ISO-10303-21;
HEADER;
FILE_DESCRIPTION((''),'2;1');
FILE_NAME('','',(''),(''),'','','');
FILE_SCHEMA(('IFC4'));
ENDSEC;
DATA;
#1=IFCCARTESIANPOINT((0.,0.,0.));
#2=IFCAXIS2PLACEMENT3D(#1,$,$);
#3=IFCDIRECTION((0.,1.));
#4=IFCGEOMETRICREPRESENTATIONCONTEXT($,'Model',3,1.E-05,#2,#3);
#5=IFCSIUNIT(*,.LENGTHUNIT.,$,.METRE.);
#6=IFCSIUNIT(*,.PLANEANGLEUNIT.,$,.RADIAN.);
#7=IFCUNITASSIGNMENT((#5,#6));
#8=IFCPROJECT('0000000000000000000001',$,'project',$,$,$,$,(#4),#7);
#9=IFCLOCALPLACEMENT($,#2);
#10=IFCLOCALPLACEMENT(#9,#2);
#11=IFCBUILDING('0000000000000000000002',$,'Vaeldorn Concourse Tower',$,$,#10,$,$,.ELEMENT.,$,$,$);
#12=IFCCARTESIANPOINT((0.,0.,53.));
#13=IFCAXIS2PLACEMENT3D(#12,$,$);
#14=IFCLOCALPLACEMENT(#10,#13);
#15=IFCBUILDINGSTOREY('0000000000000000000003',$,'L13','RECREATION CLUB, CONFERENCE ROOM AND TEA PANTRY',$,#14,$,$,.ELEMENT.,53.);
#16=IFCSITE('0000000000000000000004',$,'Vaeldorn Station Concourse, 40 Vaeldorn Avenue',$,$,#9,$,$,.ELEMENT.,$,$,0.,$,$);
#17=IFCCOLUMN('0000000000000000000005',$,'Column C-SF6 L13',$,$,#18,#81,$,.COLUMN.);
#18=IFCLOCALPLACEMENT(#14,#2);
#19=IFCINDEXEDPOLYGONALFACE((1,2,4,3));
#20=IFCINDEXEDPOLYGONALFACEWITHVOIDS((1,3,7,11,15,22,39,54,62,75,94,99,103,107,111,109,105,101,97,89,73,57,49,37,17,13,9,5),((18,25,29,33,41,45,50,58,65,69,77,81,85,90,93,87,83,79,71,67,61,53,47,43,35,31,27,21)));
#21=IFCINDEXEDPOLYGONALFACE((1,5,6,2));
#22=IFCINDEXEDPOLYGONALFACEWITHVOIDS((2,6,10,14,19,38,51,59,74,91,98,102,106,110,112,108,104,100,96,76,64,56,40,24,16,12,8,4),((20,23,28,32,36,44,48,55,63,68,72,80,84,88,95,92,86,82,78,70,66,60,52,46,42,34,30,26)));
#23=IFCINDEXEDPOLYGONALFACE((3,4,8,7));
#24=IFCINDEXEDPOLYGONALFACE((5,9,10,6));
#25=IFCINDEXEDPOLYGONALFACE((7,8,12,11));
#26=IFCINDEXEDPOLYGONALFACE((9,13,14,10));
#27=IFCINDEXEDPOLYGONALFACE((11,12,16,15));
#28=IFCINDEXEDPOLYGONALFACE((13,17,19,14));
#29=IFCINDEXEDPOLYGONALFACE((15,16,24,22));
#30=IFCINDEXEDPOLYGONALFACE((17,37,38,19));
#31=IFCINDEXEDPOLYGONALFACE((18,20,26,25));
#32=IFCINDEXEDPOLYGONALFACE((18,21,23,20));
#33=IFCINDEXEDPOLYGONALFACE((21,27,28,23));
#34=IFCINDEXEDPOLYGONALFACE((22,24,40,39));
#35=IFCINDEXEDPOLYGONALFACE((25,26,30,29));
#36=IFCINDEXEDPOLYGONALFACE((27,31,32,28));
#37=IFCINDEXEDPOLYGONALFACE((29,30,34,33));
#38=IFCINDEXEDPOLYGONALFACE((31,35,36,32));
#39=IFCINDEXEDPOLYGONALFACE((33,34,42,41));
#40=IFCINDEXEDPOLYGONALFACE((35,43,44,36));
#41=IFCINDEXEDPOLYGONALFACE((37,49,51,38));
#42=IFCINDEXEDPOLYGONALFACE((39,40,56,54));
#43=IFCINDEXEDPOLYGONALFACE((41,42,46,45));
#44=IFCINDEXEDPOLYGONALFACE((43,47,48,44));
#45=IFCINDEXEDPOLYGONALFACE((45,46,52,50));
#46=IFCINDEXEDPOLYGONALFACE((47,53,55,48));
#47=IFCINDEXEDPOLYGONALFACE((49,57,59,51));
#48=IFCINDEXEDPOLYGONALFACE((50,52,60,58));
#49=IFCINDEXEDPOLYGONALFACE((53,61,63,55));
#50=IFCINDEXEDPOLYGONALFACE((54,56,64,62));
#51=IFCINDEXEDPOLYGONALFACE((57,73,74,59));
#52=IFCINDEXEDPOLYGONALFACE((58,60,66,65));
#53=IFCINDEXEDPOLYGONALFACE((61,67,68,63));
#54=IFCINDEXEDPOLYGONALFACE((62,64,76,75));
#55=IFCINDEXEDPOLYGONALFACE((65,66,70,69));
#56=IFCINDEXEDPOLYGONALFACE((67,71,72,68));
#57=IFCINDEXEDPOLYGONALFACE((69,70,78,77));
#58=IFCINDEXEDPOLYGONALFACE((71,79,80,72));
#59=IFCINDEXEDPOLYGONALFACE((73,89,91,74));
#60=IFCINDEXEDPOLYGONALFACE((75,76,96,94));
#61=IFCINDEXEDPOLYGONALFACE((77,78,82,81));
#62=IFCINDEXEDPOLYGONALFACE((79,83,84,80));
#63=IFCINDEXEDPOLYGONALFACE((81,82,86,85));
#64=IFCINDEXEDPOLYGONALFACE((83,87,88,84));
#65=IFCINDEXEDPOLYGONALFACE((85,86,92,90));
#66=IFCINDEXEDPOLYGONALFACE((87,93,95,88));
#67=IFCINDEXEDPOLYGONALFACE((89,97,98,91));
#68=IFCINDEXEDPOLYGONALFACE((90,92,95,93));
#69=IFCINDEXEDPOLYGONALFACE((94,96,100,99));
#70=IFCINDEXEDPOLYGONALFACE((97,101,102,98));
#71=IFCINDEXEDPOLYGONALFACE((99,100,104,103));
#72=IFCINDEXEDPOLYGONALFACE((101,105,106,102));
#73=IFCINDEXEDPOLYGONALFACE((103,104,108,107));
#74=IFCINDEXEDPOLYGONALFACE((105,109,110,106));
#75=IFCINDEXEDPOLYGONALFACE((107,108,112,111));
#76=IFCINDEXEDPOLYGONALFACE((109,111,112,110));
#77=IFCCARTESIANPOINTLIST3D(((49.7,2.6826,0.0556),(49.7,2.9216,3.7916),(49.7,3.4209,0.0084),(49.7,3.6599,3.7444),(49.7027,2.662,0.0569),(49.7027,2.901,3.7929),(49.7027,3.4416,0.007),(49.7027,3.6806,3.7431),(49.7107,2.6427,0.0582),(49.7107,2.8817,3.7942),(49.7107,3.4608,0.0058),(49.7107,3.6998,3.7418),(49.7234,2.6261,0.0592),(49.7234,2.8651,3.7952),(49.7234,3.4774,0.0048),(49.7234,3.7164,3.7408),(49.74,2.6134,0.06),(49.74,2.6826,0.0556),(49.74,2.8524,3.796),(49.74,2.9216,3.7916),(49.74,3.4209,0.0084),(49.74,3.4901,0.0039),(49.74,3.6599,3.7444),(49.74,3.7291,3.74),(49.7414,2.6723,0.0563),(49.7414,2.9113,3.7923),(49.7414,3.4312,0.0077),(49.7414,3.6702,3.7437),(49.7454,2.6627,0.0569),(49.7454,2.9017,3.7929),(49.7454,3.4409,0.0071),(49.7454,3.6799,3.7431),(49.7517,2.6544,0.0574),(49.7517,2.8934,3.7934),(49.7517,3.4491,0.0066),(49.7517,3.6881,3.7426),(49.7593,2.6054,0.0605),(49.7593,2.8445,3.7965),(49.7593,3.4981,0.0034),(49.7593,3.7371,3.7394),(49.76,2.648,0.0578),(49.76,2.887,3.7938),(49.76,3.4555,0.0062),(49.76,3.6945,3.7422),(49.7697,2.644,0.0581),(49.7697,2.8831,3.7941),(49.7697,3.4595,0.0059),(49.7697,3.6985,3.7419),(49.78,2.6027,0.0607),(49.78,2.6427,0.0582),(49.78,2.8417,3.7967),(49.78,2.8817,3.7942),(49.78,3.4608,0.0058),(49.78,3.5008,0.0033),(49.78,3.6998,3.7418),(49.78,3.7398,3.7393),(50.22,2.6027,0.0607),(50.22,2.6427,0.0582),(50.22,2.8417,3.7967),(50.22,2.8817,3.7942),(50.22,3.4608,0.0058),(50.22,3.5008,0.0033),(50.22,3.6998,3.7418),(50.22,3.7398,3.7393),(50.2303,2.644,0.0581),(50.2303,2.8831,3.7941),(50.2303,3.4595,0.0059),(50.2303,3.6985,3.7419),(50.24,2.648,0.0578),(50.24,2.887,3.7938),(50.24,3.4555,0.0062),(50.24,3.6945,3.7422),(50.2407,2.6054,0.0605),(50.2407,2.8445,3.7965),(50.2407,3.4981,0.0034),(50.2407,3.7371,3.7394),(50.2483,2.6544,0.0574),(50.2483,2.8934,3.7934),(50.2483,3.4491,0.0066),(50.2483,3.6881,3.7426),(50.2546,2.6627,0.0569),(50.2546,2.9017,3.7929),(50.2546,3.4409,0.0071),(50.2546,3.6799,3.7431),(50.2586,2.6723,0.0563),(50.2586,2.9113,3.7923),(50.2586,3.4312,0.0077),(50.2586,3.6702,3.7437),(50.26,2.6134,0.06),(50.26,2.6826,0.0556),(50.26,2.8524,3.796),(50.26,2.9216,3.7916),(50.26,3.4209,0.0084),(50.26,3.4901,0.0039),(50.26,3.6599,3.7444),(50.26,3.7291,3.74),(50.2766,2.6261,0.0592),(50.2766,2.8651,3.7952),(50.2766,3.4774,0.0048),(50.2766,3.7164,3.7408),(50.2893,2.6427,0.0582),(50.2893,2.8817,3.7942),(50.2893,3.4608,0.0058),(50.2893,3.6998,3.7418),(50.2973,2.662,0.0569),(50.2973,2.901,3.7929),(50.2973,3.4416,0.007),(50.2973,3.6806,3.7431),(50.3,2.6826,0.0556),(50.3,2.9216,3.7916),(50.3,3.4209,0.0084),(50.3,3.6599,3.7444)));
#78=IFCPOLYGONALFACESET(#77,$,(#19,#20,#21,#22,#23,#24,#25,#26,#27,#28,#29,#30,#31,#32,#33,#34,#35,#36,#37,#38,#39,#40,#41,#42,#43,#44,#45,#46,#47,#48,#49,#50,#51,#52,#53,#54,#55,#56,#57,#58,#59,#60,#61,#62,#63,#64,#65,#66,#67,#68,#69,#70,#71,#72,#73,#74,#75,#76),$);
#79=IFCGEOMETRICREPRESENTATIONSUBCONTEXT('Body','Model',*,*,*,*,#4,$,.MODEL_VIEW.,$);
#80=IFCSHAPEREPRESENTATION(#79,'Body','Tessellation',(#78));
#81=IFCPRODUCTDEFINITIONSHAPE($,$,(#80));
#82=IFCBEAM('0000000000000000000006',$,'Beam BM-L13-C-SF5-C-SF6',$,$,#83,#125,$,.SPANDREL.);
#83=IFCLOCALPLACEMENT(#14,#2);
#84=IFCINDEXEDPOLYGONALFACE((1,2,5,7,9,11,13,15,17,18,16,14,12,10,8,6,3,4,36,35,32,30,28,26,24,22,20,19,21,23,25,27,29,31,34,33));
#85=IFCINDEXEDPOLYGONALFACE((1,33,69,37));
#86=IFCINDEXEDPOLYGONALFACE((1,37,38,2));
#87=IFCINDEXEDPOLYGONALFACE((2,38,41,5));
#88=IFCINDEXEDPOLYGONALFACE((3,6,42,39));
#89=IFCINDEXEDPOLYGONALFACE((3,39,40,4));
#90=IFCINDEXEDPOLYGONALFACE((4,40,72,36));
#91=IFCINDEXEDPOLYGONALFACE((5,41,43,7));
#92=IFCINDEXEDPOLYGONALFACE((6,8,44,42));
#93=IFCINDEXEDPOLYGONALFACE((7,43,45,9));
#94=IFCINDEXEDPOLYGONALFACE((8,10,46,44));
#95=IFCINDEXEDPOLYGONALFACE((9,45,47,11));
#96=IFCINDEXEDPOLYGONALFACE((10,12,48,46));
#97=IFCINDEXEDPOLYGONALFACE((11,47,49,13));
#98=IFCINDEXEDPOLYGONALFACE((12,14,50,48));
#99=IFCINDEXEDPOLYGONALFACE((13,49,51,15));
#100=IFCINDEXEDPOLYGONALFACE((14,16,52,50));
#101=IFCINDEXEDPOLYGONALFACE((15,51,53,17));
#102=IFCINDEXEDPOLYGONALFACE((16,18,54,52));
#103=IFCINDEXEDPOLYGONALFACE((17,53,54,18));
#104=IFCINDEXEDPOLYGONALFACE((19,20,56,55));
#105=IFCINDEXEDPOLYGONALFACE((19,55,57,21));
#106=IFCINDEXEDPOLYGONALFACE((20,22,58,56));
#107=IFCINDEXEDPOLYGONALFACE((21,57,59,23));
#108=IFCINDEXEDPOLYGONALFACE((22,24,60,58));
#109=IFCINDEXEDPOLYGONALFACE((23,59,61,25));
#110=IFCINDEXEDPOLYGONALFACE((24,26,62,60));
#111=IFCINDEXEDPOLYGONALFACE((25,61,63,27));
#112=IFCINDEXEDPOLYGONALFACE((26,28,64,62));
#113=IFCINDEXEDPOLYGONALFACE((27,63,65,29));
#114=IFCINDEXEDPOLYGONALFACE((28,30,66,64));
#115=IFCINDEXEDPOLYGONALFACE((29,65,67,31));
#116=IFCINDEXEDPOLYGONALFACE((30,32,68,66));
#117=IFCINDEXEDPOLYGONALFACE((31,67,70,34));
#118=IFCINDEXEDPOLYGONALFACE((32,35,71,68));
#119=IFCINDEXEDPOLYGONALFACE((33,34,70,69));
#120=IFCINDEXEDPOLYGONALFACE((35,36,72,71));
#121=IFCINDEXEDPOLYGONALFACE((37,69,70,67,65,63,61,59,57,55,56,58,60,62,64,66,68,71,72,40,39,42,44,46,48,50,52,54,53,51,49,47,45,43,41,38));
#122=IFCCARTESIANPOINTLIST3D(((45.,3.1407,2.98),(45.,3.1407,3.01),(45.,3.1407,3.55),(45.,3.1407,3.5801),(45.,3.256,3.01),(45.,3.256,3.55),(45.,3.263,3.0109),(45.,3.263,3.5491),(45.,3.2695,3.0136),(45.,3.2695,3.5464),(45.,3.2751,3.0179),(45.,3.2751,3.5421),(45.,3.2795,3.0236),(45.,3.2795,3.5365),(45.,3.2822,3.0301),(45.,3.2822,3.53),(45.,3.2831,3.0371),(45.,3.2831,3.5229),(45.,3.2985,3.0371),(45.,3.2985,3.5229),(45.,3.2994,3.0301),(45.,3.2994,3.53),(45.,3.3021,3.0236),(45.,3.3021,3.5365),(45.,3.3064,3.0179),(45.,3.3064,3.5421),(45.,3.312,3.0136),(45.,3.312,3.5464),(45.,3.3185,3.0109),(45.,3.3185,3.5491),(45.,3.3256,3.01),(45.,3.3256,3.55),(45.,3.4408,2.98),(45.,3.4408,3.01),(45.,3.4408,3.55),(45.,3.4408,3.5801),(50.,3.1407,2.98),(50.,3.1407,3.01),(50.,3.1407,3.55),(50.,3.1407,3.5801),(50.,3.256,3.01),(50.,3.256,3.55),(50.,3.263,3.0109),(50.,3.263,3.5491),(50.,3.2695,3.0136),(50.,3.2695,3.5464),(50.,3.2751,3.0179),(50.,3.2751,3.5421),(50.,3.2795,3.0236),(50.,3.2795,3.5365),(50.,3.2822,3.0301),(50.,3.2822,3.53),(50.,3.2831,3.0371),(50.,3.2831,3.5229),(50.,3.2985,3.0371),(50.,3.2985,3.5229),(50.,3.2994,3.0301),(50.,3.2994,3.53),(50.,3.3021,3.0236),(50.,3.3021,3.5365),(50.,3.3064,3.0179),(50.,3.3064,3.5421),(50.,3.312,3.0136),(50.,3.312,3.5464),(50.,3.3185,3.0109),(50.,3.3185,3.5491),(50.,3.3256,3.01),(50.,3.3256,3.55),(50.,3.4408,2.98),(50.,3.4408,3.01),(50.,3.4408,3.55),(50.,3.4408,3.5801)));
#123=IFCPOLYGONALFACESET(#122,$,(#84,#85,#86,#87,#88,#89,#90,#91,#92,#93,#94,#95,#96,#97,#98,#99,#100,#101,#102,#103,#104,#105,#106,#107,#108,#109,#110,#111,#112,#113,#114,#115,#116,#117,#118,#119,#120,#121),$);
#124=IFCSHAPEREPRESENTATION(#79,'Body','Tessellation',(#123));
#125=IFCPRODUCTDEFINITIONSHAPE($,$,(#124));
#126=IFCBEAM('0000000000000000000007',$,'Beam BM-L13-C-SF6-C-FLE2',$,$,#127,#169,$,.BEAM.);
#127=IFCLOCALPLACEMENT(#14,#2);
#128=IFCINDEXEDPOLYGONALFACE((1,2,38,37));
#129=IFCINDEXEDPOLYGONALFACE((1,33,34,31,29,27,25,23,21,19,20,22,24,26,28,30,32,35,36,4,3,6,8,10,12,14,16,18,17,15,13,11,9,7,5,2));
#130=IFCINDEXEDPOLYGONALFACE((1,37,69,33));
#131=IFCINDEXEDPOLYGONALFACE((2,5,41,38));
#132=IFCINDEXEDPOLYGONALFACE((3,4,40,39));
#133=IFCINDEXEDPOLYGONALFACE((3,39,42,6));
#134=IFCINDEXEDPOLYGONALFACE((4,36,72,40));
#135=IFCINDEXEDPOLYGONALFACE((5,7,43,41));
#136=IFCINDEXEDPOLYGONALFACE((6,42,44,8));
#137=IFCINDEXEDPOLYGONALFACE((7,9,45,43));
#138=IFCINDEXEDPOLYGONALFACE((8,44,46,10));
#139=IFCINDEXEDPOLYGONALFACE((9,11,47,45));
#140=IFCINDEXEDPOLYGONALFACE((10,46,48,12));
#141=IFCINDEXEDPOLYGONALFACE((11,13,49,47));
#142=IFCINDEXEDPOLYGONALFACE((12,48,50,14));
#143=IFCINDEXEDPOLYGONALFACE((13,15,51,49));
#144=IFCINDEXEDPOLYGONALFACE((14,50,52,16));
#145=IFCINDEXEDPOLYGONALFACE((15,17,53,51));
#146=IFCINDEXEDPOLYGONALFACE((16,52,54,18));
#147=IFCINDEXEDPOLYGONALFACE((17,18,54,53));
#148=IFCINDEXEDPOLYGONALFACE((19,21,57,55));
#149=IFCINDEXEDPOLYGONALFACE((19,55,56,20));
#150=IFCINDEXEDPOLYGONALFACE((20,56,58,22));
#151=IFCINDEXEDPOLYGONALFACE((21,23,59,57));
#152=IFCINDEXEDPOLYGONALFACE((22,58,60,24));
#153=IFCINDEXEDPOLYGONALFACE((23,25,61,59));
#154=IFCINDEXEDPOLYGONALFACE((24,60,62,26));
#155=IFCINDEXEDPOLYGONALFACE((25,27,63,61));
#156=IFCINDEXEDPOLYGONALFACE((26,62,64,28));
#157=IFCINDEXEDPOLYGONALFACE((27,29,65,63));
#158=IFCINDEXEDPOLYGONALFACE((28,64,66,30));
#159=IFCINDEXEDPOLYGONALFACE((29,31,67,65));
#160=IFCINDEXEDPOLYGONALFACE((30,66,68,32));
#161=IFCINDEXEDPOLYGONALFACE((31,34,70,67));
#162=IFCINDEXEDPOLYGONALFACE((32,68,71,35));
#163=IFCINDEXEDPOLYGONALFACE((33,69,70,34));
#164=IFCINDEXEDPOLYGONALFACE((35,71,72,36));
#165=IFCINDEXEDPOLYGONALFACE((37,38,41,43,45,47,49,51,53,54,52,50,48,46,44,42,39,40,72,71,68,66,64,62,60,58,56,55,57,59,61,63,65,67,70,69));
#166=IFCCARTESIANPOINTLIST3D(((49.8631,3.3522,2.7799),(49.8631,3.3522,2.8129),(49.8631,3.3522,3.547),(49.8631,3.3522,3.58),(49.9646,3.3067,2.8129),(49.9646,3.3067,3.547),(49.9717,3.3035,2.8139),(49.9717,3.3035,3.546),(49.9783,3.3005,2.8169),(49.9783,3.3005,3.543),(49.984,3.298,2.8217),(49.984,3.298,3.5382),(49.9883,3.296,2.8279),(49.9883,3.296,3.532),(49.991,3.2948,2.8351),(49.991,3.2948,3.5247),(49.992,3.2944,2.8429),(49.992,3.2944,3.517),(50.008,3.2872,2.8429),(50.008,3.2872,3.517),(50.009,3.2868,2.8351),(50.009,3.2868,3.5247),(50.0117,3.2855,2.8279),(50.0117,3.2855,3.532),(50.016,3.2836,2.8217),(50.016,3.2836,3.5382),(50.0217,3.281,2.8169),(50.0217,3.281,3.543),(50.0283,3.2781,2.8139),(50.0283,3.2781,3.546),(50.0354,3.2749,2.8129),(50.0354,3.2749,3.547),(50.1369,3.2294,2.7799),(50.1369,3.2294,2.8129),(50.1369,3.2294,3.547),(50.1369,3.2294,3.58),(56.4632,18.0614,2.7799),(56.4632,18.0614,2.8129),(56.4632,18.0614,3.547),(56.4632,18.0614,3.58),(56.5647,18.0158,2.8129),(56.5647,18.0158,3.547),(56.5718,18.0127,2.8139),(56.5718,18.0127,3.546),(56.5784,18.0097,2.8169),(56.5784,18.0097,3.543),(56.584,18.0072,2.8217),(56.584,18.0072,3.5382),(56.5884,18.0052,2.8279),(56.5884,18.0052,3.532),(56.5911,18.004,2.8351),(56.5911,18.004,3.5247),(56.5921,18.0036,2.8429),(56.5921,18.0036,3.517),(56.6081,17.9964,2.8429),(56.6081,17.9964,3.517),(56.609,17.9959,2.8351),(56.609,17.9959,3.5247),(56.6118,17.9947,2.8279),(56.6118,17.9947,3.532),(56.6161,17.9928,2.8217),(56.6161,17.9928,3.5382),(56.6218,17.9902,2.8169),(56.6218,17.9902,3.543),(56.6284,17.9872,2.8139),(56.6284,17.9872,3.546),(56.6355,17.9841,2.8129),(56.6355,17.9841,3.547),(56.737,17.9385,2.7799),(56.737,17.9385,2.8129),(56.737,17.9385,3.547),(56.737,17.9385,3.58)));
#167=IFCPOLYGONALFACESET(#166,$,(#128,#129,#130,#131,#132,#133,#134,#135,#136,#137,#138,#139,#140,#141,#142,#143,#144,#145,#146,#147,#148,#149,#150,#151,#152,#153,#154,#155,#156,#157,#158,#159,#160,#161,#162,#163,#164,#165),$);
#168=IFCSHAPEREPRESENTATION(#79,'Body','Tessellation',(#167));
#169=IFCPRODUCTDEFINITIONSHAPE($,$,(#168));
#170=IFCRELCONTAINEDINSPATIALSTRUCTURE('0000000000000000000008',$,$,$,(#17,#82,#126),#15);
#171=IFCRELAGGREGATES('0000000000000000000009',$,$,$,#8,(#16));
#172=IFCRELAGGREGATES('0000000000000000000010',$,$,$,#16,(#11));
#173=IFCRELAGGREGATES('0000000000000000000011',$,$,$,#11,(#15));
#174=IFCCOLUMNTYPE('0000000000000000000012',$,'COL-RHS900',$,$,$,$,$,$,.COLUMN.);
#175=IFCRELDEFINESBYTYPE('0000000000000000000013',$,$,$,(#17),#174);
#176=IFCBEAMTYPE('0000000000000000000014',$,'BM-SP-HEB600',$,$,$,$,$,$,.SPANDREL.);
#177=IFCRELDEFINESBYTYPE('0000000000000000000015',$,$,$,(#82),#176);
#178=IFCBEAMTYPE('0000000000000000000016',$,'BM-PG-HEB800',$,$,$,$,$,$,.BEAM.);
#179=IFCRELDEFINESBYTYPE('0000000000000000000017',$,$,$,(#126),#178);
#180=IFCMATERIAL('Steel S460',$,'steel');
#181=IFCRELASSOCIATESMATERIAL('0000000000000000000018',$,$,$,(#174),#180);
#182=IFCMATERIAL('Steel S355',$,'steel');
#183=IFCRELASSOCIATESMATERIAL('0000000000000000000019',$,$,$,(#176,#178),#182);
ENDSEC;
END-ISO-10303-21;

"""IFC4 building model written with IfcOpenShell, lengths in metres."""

from ifc_helpers import new_model, si_unit, direction, frame, origin, origin_2d, place, context, subcontext, project, spatial, hollow_rectangle, i_section, extrude, source, transform, mapped, material, material_profile, profile_set, type_object, element, save


model = new_model("IFC4")

# Units and contexts
model_context = context("Model", 3, precision=1e-05, world=origin(), true_north=direction((0.0, 1.0)))
body_context = subcontext(model_context, "Body", "Model", "MODEL_VIEW")
ifc_project = project(units=[si_unit("LENGTHUNIT", "METRE"), si_unit("PLANEANGLEUNIT", "RADIAN")], contexts=[model_context])

# Site, building, storey
site_placement = place(None, origin())
site = spatial("IfcSite", under=ifc_project, at=site_placement, Name="Vaeldorn Station Concourse, 40 Vaeldorn Avenue", CompositionType="ELEMENT", RefElevation=0.0)
building_placement = place(site_placement, origin())
building = spatial("IfcBuilding", under=site, at=building_placement, Name="Vaeldorn Concourse Tower", CompositionType="ELEMENT")
storey_placement = place(building_placement, frame((0.0, 0.0, 53.0)))
storey = spatial("IfcBuildingStorey", under=building, at=storey_placement, Name="L13", Description="RECREATION CLUB, CONFERENCE ROOM AND TEA PANTRY", CompositionType="ELEMENT", Elevation=53.0)

# Column
ifc_material_1 = material(Name="Steel S460", Category="steel")
ifc_material_profile_1 = material_profile(ifc_material_1, hollow_rectangle(XDim=0.6001, YDim=0.8999, WallThickness=0.04, InnerFilletRadius=0.04, OuterFilletRadius=0.0801, at=origin_2d()), Name="RHS 900x600x40")
ifc_profile_set_1 = profile_set([ifc_material_profile_1], Name="Steel S460")
column_type = type_object("IfcColumnType", Name="COL-RHS900", PredefinedType="COLUMN", material=ifc_profile_set_1)
shared_shape_1 = source(origin(), body_context, "Body", "SweptSolid", [
    extrude(hollow_rectangle(XDim=0.6001, YDim=0.8999, WallThickness=0.04, InnerFilletRadius=0.04, OuterFilletRadius=0.0801, at=origin_2d()), origin(), (0.0, 0.0, 1.0), 3.7437),
])
column_placement = place(storey_placement, frame((50.0, 3.0518, 0.032), z_axis=(0.0, 0.063844, 0.99796), x_axis=(-1.0, 0.0, 0.0)))
element("IfcColumn", 1, at=column_placement, inside=storey, type_object=column_type, Name="Column C-SF6 L13", PredefinedType="COLUMN", context=body_context, shape_type="MappedRepresentation", body=[
    mapped(shared_shape_1, transform((0.0, 0.0, 0.0), scale=1.0)),
])

# Beams
ifc_material_2 = material(Name="Steel S355", Category="steel")
ifc_material_profile_2 = material_profile(ifc_material_2, i_section(OverallWidth=0.3, OverallDepth=0.6001, WebThickness=0.0154, FlangeThickness=0.03, FilletRadius=0.0271, at=origin_2d()), Name="HEB 600")
ifc_profile_set_2 = profile_set([ifc_material_profile_2], Name="Steel S355")
beam_type_1 = type_object("IfcBeamType", Name="BM-SP-HEB600", PredefinedType="SPANDREL", material=ifc_profile_set_2)
shared_shape_2 = source(origin(), body_context, "Body", "SweptSolid", [
    extrude(i_section(OverallWidth=0.3, OverallDepth=0.6001, WebThickness=0.0154, FlangeThickness=0.03, FilletRadius=0.0271, at=origin_2d()), origin(), (0.0, 0.0, 1.0), 5.0),
])
beam_1_placement = place(storey_placement, frame((45.0, 3.2908, 3.28), z_axis=(1.0, 0.0, 0.0), x_axis=(0.0, 1.0, 0.0)))
element("IfcBeam", 2, at=beam_1_placement, inside=storey, type_object=beam_type_1, Name="Beam BM-L13-C-SF5-C-SF6", PredefinedType="SPANDREL", context=body_context, shape_type="MappedRepresentation", body=[
    mapped(shared_shape_2, transform((0.0, 0.0, 0.0), scale=1.0)),
])
ifc_material_profile_3 = material_profile(ifc_material_2, i_section(OverallWidth=0.3, OverallDepth=0.8, WebThickness=0.0176, FlangeThickness=0.033, FilletRadius=0.03, at=origin_2d()), Name="HEB 800")
ifc_profile_set_3 = profile_set([ifc_material_profile_3], Name="Steel S355")
beam_type_2 = type_object("IfcBeamType", Name="BM-PG-HEB800", PredefinedType="BEAM", material=ifc_profile_set_3)
shared_shape_3 = source(origin(), body_context, "Body", "SweptSolid", [
    extrude(i_section(OverallWidth=0.3, OverallDepth=0.8, WebThickness=0.0176, FlangeThickness=0.033, FilletRadius=0.03, at=origin_2d()), origin(), (0.0, 0.0, 1.0), 16.1221),
])
beam_2_placement = place(storey_placement, frame((50.0, 3.2908, 3.1799), z_axis=(0.409382, 0.912363, 0.0), x_axis=(-0.912363, 0.409382, 0.0)))
element("IfcBeam", 3, at=beam_2_placement, inside=storey, type_object=beam_type_2, Name="Beam BM-L13-C-SF6-C-FLE2", PredefinedType="BEAM", context=body_context, shape_type="MappedRepresentation", body=[
    mapped(shared_shape_3, transform((0.0, 0.0, 0.0), scale=1.0)),
])

save(model, "model.ifc")
